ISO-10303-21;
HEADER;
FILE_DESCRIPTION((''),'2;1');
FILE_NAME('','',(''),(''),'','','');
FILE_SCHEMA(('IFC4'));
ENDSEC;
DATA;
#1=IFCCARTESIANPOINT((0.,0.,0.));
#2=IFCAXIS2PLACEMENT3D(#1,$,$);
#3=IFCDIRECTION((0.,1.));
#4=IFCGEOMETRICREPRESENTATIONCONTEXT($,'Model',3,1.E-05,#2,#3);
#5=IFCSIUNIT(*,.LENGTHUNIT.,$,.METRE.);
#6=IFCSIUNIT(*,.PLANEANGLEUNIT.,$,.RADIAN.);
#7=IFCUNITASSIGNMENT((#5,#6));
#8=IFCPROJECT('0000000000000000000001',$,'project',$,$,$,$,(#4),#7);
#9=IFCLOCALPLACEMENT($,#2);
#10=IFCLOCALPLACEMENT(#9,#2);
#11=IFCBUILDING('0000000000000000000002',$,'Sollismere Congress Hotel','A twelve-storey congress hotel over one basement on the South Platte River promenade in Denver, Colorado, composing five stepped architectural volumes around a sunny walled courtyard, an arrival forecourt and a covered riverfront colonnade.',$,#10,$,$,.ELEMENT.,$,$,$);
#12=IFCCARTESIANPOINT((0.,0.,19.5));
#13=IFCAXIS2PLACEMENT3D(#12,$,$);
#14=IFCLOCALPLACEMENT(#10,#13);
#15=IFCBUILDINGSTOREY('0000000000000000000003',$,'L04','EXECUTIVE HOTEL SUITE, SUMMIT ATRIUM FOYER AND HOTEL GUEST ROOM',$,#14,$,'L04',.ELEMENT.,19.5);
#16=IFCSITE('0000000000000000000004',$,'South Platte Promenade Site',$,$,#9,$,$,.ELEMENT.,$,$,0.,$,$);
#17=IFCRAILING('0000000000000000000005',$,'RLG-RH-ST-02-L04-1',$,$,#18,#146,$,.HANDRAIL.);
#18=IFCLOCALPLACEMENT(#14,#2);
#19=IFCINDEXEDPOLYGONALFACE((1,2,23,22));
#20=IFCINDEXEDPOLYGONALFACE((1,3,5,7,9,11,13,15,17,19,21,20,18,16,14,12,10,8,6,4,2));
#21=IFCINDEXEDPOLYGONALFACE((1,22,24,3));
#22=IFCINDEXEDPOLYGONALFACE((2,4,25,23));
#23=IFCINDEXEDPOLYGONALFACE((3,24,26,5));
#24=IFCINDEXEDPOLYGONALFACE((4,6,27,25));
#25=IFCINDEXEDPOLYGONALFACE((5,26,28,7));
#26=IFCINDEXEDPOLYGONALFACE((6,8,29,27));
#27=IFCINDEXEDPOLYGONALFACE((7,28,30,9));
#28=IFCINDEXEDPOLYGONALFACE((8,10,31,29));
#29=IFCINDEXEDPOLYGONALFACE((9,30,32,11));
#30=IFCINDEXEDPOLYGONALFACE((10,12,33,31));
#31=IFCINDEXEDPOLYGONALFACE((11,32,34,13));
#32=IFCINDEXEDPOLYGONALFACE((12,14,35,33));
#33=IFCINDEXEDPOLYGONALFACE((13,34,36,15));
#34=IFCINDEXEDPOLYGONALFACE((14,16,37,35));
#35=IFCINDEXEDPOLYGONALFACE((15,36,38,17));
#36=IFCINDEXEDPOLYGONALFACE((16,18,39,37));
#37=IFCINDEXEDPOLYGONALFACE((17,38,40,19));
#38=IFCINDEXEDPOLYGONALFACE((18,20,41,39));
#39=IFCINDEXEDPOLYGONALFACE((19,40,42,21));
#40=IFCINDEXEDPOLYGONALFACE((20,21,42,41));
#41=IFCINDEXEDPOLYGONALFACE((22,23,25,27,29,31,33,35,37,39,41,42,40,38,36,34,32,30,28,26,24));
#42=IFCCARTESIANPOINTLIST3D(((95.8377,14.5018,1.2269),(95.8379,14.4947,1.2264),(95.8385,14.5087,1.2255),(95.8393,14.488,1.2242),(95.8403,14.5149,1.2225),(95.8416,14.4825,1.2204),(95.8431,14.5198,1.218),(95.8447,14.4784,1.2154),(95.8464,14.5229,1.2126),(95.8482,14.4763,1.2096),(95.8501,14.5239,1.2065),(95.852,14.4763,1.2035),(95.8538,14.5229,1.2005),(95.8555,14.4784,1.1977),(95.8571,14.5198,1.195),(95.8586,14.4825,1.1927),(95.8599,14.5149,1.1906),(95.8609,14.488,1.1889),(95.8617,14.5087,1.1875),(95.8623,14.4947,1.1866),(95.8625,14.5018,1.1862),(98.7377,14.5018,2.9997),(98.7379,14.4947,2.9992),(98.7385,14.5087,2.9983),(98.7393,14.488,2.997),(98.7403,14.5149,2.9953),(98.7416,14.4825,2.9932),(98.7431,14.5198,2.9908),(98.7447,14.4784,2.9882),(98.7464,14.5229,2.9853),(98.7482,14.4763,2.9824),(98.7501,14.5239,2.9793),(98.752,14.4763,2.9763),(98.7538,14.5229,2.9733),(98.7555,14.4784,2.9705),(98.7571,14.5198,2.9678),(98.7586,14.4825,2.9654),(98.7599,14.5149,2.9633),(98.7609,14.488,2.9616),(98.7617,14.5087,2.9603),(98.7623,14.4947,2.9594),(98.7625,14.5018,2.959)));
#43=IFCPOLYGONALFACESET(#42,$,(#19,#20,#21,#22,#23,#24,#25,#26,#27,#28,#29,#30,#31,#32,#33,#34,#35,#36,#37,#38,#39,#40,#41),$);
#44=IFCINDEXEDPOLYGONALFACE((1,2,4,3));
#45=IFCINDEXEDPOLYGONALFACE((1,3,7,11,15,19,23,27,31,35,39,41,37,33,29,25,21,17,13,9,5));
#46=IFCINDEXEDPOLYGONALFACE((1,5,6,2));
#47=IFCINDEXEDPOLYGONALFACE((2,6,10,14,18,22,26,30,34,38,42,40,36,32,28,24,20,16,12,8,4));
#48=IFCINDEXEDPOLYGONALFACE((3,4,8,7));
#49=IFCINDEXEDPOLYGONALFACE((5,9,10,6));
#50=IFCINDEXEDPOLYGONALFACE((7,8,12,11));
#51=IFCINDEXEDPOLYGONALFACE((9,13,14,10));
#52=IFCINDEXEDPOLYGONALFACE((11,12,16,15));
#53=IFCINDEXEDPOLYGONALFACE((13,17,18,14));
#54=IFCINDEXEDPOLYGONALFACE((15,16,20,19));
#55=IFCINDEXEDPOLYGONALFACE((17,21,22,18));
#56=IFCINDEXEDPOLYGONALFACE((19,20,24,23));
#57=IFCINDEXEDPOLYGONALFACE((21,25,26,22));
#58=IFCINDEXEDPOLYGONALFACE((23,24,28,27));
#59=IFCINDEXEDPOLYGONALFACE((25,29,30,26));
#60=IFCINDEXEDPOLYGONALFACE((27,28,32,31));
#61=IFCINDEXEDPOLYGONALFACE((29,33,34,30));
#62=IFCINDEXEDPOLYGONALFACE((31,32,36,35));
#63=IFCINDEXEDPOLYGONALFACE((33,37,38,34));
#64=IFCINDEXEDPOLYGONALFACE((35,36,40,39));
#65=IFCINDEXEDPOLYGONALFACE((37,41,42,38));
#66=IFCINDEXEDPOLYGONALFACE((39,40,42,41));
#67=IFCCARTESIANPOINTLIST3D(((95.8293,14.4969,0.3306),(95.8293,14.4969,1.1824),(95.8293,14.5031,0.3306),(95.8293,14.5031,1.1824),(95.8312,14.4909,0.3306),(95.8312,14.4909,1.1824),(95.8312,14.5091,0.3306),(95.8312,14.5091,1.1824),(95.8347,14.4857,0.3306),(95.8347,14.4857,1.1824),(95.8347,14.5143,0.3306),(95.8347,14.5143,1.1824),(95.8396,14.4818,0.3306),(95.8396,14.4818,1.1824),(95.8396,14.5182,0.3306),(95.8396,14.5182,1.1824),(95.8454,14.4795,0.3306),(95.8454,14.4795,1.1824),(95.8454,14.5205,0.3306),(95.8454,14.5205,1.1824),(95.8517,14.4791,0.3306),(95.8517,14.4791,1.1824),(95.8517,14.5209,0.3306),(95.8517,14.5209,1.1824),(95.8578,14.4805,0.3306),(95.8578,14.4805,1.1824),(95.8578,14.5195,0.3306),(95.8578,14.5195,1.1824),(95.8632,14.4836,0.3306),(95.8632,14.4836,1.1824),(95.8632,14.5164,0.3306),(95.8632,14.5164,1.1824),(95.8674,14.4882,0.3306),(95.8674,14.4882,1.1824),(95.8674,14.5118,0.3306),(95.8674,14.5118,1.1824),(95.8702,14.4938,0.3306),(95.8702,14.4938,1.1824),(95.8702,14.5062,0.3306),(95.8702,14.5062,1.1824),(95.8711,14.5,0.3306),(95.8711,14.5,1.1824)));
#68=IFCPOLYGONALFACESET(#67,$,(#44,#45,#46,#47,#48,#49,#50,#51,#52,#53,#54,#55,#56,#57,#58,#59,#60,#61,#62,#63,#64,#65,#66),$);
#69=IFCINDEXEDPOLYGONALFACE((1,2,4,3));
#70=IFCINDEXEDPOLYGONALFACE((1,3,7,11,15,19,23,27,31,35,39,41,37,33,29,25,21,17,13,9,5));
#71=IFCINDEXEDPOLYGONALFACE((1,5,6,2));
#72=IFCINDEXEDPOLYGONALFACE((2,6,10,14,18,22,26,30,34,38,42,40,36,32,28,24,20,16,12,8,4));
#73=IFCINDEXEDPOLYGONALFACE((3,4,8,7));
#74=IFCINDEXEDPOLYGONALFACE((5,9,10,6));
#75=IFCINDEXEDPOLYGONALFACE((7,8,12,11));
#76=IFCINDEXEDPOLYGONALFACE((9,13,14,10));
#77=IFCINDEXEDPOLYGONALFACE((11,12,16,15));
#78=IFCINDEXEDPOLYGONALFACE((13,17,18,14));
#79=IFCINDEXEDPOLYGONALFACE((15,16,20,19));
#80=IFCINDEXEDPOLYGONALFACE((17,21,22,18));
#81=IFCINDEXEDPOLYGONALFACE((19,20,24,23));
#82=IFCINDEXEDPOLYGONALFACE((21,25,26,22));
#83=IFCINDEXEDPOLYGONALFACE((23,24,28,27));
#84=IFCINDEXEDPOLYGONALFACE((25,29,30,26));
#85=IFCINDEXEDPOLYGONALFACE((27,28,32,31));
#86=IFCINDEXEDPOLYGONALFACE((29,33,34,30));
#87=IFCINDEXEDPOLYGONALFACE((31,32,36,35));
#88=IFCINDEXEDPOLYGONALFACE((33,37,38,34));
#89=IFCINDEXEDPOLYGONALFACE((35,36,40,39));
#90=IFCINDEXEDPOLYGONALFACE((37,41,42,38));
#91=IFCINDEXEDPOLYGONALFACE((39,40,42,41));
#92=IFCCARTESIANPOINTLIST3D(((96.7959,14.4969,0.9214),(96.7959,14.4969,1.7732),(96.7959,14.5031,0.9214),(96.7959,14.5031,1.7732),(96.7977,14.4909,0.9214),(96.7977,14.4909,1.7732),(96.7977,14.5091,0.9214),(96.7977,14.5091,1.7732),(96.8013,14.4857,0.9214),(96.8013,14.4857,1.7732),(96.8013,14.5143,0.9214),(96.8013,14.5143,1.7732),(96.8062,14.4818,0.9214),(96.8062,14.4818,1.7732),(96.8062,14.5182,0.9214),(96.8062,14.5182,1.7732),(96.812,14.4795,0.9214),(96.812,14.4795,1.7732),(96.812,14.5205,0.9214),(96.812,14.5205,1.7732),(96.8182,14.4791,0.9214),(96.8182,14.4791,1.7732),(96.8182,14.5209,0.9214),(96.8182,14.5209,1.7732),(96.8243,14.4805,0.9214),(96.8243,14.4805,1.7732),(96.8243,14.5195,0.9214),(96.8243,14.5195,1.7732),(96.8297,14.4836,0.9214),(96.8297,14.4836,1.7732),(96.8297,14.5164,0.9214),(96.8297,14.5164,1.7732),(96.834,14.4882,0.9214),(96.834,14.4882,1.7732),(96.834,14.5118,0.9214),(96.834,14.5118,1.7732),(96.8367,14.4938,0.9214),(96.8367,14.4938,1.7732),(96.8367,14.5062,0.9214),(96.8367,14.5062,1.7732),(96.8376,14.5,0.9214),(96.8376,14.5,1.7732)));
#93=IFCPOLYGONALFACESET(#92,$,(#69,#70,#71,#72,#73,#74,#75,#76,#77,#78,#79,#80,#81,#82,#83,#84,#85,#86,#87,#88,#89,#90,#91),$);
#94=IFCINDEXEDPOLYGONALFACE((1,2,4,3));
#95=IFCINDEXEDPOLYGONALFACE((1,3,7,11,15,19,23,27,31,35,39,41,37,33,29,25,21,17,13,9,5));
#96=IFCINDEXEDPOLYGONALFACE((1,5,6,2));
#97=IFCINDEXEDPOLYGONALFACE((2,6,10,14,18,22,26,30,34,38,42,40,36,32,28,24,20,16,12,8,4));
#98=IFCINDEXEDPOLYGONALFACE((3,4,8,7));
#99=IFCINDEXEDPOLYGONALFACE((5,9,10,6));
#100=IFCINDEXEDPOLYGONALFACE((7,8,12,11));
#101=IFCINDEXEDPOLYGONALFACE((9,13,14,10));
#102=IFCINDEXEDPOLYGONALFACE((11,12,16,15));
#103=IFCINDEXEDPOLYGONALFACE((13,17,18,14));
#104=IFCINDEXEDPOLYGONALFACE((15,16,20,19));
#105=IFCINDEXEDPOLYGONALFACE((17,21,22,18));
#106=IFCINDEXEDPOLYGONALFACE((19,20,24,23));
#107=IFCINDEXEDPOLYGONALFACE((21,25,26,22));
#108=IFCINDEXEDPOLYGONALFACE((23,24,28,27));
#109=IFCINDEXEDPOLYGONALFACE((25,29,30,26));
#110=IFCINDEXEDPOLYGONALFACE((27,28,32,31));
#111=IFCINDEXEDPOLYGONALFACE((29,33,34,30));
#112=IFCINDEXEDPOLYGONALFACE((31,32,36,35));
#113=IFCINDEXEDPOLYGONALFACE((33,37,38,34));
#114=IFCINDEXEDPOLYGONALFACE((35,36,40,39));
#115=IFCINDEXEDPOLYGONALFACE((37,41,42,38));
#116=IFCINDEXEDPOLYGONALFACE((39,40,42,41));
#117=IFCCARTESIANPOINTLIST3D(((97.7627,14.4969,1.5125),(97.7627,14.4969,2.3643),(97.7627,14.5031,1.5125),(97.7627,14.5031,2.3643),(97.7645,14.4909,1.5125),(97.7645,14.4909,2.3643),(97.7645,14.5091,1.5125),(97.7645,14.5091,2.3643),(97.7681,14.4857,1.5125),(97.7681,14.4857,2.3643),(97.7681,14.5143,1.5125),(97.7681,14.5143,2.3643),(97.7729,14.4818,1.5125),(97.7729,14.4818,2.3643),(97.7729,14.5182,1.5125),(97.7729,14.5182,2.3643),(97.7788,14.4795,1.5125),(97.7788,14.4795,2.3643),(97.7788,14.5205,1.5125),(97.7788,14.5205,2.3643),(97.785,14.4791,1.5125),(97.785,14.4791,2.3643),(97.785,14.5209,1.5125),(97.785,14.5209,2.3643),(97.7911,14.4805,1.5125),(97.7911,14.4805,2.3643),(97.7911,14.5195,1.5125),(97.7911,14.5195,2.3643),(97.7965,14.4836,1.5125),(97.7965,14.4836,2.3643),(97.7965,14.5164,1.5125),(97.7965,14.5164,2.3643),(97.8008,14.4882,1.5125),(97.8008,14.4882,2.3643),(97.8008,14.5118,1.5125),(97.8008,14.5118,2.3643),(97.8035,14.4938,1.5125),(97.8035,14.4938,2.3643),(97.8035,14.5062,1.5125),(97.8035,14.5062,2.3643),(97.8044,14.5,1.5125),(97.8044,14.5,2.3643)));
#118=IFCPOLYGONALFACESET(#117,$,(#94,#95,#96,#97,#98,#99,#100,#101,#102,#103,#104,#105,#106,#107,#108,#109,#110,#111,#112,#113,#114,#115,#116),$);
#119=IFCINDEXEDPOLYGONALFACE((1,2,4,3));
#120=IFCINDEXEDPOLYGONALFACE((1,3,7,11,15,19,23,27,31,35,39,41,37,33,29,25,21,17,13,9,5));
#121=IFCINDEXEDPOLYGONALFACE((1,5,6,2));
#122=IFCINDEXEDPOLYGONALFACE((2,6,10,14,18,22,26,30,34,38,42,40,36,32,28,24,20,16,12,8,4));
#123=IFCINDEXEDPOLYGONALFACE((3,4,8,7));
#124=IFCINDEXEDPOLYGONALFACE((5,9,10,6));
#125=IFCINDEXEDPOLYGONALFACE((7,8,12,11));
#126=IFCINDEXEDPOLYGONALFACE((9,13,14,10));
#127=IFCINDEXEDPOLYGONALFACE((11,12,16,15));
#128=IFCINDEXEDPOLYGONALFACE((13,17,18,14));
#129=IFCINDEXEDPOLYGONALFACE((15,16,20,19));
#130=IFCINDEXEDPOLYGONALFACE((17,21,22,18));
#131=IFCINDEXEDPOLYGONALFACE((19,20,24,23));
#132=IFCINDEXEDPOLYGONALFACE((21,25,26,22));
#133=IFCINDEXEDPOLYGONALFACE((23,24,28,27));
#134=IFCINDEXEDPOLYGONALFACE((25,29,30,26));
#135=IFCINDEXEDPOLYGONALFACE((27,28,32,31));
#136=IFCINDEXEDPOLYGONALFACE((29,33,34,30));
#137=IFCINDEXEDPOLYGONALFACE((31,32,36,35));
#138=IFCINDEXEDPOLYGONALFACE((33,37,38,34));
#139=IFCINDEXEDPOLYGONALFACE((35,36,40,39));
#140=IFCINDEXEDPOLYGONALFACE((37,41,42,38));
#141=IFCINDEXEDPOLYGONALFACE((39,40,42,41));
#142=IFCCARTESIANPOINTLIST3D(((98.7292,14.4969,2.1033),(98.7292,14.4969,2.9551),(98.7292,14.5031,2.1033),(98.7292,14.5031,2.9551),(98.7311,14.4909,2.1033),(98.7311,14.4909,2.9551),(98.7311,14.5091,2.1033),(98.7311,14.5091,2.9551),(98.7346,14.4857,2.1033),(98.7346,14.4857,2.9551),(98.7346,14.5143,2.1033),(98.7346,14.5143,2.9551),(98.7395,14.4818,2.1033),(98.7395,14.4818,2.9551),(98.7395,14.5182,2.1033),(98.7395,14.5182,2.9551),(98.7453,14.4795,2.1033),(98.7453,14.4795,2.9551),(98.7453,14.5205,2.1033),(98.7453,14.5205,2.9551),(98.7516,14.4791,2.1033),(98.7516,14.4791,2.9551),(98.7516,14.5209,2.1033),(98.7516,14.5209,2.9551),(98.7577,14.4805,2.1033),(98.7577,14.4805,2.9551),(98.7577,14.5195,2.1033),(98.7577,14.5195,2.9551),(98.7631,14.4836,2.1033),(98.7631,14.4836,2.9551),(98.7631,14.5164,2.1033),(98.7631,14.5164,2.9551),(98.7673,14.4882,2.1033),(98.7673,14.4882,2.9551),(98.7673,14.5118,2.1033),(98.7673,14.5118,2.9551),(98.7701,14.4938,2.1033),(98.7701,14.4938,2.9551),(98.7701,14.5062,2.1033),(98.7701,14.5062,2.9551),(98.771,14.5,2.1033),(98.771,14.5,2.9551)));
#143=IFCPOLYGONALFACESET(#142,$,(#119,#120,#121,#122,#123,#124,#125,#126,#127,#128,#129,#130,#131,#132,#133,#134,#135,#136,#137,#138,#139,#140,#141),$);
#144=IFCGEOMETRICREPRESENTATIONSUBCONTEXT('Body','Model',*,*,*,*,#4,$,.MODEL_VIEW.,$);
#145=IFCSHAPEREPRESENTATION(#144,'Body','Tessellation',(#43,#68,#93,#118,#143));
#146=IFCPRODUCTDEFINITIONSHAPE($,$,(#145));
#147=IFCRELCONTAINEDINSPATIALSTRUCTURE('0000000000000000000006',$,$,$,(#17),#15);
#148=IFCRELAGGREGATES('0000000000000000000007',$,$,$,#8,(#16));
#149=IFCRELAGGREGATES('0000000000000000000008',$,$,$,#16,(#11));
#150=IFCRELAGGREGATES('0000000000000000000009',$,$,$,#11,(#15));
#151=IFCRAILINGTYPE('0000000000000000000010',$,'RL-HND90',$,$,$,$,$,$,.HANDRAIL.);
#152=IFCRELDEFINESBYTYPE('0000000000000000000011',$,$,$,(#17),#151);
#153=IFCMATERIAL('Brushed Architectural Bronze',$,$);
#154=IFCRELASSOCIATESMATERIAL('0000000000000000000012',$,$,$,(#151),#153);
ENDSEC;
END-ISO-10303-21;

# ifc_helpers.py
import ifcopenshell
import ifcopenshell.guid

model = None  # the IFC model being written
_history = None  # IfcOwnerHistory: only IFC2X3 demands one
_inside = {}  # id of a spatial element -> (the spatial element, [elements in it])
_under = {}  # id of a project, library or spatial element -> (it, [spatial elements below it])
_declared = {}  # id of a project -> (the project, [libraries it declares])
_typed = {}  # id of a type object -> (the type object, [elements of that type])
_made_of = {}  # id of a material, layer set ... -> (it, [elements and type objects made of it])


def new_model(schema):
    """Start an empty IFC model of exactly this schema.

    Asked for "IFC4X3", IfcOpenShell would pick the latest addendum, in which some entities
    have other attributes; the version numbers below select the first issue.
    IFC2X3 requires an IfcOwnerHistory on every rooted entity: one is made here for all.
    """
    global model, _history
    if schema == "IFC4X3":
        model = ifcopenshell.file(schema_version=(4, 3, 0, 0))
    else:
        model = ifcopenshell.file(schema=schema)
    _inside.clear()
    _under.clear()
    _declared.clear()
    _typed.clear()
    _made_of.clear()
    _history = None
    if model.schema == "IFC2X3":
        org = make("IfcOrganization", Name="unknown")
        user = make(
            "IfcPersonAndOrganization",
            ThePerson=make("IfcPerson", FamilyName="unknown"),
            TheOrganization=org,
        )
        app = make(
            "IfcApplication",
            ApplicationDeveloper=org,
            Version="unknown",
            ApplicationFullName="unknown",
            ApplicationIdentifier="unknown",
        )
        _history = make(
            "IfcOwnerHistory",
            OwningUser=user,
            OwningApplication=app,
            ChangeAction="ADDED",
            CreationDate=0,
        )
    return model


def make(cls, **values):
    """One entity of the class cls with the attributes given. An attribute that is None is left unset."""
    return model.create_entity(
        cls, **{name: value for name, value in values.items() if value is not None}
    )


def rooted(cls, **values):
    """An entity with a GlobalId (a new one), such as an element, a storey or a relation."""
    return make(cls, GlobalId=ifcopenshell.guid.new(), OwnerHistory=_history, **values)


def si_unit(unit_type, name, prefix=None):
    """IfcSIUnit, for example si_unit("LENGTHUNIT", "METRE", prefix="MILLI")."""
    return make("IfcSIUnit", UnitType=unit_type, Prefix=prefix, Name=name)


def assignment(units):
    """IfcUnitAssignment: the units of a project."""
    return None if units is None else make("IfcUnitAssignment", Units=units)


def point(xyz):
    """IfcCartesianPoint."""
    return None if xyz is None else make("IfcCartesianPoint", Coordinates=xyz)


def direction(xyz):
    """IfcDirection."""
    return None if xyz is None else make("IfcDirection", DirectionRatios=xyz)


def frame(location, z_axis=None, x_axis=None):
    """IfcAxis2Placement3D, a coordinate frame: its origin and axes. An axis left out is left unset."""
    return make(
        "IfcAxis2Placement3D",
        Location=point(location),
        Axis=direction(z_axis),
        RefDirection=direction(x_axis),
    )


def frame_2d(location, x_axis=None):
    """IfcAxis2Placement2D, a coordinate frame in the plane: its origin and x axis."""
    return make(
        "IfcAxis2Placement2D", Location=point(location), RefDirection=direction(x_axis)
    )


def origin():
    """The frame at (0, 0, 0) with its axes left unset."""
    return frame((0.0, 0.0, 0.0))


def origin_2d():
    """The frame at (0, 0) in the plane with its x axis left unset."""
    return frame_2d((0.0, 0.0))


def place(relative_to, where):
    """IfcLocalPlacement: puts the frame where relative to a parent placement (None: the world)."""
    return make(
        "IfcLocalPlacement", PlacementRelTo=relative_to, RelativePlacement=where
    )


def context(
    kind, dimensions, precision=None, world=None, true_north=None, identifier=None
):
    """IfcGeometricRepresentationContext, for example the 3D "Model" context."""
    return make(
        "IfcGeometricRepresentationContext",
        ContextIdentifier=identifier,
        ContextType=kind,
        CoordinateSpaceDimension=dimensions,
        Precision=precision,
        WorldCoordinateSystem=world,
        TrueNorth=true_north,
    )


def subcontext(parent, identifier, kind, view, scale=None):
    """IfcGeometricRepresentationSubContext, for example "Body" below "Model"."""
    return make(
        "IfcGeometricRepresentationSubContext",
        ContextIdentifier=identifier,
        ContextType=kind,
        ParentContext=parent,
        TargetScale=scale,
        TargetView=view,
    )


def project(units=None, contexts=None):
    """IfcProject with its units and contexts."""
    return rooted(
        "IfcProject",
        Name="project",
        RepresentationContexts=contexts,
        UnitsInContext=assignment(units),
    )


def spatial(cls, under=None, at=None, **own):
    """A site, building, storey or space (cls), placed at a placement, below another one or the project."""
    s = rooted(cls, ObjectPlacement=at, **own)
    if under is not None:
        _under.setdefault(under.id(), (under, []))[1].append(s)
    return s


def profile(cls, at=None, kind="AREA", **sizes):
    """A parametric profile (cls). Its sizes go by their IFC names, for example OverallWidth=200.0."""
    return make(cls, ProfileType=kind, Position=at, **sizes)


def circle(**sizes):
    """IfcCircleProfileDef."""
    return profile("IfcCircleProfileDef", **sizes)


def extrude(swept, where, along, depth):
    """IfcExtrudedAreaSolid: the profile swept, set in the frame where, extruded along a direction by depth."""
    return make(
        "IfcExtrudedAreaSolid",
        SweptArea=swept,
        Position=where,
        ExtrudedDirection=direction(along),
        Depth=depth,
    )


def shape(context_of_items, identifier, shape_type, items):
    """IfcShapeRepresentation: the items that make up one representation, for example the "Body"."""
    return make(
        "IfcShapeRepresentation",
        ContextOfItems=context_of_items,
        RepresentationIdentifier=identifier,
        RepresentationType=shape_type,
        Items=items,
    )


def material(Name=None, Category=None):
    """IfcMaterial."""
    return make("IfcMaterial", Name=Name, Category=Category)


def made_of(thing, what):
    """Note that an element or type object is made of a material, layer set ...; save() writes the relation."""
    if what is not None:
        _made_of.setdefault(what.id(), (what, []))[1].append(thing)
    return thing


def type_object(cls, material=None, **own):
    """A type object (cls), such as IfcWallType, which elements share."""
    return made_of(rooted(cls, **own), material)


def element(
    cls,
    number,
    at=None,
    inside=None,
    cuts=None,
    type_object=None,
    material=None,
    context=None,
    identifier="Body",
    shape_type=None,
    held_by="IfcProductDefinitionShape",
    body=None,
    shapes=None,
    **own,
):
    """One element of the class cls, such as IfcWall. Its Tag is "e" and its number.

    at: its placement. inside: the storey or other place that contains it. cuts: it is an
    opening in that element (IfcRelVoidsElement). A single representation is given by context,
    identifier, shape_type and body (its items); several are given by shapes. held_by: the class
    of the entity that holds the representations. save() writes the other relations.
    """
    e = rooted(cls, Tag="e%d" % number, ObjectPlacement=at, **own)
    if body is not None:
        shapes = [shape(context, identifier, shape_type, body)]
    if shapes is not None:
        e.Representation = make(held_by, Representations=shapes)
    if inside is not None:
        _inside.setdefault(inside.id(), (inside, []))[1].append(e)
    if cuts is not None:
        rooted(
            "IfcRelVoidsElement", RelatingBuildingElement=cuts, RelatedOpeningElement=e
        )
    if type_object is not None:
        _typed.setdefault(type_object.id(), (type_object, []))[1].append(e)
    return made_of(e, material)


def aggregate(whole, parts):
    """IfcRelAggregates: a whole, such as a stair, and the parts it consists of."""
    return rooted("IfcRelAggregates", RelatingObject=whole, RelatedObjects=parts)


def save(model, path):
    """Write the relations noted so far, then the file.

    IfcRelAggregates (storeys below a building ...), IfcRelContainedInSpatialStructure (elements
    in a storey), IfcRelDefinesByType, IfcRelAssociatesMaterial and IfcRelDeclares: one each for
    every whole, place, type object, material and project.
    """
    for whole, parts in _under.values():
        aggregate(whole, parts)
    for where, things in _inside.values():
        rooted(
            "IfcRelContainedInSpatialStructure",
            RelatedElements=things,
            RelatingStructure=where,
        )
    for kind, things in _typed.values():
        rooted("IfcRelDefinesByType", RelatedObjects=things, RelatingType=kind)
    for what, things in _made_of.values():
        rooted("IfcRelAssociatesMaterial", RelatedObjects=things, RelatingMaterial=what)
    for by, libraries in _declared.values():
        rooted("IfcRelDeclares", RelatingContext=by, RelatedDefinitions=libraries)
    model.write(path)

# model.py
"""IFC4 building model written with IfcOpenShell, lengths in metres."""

from ifc_helpers import new_model, si_unit, direction, frame, origin, origin_2d, place, context, subcontext, project, spatial, circle, extrude, material, type_object, element, save


model = new_model("IFC4")

# Units and contexts
model_context = context("Model", 3, precision=1e-05, world=origin(), true_north=direction((0.0, 1.0)))
body_context = subcontext(model_context, "Body", "Model", "MODEL_VIEW")
ifc_project = project(units=[si_unit("LENGTHUNIT", "METRE"), si_unit("PLANEANGLEUNIT", "RADIAN")], contexts=[model_context])

# Site, building, storey
site_placement = place(None, origin())
site = spatial("IfcSite", under=ifc_project, at=site_placement, Name="South Platte Promenade Site", CompositionType="ELEMENT", RefElevation=0.0)
building_placement = place(site_placement, origin())
building = spatial("IfcBuilding", under=site, at=building_placement, Name="Sollismere Congress Hotel", Description="A twelve-storey congress hotel over one basement on the South Platte River promenade in Denver, Colorado, composing five stepped architectural volumes around a sunny walled courtyard, an arrival forecourt and a covered riverfront colonnade.", CompositionType="ELEMENT")
storey_placement = place(building_placement, frame((0.0, 0.0, 19.5)))
storey = spatial("IfcBuildingStorey", under=building, at=storey_placement, Name="L04", Description="EXECUTIVE HOTEL SUITE, SUMMIT ATRIUM FOYER AND HOTEL GUEST ROOM", LongName="L04", CompositionType="ELEMENT", Elevation=19.5)

# Railing
ifc_material_1 = material(Name="Brushed Architectural Bronze")
railing_type_1 = type_object("IfcRailingType", Name="RL-HND90", PredefinedType="HANDRAIL", material=ifc_material_1)
railing_1_placement = place(storey_placement, frame((95.8501, 14.5, 0.3306)))
element("IfcRailing", 1, at=railing_1_placement, inside=storey, type_object=railing_type_1, Name="RLG-RH-ST-02-L04-1", PredefinedType="HANDRAIL", context=body_context, shape_type="SweptSolid", body=[
    extrude(circle(Radius=0.0239, at=origin_2d()), frame((0.0, 0.0, 0.876), z_axis=(0.853211, 0.0, 0.521566), x_axis=(0.0, 1.0, 0.0)), (0.0, 0.0, 1.0), 3.3989),
    extrude(circle(Radius=0.021, at=origin_2d()), origin(), (0.0, 0.0, 1.0), 0.8518),
    extrude(circle(Radius=0.021, at=origin_2d()), frame((0.9666, 0.0, 0.5908)), (0.0, 0.0, 1.0), 0.8518),
    extrude(circle(Radius=0.021, at=origin_2d()), frame((1.9333, 0.0, 1.1819)), (0.0, 0.0, 1.0), 0.8518),
    extrude(circle(Radius=0.021, at=origin_2d()), frame((2.8999, 0.0, 1.7727)), (0.0, 0.0, 1.0), 0.8518),
])

save(model, "model.ifc")
